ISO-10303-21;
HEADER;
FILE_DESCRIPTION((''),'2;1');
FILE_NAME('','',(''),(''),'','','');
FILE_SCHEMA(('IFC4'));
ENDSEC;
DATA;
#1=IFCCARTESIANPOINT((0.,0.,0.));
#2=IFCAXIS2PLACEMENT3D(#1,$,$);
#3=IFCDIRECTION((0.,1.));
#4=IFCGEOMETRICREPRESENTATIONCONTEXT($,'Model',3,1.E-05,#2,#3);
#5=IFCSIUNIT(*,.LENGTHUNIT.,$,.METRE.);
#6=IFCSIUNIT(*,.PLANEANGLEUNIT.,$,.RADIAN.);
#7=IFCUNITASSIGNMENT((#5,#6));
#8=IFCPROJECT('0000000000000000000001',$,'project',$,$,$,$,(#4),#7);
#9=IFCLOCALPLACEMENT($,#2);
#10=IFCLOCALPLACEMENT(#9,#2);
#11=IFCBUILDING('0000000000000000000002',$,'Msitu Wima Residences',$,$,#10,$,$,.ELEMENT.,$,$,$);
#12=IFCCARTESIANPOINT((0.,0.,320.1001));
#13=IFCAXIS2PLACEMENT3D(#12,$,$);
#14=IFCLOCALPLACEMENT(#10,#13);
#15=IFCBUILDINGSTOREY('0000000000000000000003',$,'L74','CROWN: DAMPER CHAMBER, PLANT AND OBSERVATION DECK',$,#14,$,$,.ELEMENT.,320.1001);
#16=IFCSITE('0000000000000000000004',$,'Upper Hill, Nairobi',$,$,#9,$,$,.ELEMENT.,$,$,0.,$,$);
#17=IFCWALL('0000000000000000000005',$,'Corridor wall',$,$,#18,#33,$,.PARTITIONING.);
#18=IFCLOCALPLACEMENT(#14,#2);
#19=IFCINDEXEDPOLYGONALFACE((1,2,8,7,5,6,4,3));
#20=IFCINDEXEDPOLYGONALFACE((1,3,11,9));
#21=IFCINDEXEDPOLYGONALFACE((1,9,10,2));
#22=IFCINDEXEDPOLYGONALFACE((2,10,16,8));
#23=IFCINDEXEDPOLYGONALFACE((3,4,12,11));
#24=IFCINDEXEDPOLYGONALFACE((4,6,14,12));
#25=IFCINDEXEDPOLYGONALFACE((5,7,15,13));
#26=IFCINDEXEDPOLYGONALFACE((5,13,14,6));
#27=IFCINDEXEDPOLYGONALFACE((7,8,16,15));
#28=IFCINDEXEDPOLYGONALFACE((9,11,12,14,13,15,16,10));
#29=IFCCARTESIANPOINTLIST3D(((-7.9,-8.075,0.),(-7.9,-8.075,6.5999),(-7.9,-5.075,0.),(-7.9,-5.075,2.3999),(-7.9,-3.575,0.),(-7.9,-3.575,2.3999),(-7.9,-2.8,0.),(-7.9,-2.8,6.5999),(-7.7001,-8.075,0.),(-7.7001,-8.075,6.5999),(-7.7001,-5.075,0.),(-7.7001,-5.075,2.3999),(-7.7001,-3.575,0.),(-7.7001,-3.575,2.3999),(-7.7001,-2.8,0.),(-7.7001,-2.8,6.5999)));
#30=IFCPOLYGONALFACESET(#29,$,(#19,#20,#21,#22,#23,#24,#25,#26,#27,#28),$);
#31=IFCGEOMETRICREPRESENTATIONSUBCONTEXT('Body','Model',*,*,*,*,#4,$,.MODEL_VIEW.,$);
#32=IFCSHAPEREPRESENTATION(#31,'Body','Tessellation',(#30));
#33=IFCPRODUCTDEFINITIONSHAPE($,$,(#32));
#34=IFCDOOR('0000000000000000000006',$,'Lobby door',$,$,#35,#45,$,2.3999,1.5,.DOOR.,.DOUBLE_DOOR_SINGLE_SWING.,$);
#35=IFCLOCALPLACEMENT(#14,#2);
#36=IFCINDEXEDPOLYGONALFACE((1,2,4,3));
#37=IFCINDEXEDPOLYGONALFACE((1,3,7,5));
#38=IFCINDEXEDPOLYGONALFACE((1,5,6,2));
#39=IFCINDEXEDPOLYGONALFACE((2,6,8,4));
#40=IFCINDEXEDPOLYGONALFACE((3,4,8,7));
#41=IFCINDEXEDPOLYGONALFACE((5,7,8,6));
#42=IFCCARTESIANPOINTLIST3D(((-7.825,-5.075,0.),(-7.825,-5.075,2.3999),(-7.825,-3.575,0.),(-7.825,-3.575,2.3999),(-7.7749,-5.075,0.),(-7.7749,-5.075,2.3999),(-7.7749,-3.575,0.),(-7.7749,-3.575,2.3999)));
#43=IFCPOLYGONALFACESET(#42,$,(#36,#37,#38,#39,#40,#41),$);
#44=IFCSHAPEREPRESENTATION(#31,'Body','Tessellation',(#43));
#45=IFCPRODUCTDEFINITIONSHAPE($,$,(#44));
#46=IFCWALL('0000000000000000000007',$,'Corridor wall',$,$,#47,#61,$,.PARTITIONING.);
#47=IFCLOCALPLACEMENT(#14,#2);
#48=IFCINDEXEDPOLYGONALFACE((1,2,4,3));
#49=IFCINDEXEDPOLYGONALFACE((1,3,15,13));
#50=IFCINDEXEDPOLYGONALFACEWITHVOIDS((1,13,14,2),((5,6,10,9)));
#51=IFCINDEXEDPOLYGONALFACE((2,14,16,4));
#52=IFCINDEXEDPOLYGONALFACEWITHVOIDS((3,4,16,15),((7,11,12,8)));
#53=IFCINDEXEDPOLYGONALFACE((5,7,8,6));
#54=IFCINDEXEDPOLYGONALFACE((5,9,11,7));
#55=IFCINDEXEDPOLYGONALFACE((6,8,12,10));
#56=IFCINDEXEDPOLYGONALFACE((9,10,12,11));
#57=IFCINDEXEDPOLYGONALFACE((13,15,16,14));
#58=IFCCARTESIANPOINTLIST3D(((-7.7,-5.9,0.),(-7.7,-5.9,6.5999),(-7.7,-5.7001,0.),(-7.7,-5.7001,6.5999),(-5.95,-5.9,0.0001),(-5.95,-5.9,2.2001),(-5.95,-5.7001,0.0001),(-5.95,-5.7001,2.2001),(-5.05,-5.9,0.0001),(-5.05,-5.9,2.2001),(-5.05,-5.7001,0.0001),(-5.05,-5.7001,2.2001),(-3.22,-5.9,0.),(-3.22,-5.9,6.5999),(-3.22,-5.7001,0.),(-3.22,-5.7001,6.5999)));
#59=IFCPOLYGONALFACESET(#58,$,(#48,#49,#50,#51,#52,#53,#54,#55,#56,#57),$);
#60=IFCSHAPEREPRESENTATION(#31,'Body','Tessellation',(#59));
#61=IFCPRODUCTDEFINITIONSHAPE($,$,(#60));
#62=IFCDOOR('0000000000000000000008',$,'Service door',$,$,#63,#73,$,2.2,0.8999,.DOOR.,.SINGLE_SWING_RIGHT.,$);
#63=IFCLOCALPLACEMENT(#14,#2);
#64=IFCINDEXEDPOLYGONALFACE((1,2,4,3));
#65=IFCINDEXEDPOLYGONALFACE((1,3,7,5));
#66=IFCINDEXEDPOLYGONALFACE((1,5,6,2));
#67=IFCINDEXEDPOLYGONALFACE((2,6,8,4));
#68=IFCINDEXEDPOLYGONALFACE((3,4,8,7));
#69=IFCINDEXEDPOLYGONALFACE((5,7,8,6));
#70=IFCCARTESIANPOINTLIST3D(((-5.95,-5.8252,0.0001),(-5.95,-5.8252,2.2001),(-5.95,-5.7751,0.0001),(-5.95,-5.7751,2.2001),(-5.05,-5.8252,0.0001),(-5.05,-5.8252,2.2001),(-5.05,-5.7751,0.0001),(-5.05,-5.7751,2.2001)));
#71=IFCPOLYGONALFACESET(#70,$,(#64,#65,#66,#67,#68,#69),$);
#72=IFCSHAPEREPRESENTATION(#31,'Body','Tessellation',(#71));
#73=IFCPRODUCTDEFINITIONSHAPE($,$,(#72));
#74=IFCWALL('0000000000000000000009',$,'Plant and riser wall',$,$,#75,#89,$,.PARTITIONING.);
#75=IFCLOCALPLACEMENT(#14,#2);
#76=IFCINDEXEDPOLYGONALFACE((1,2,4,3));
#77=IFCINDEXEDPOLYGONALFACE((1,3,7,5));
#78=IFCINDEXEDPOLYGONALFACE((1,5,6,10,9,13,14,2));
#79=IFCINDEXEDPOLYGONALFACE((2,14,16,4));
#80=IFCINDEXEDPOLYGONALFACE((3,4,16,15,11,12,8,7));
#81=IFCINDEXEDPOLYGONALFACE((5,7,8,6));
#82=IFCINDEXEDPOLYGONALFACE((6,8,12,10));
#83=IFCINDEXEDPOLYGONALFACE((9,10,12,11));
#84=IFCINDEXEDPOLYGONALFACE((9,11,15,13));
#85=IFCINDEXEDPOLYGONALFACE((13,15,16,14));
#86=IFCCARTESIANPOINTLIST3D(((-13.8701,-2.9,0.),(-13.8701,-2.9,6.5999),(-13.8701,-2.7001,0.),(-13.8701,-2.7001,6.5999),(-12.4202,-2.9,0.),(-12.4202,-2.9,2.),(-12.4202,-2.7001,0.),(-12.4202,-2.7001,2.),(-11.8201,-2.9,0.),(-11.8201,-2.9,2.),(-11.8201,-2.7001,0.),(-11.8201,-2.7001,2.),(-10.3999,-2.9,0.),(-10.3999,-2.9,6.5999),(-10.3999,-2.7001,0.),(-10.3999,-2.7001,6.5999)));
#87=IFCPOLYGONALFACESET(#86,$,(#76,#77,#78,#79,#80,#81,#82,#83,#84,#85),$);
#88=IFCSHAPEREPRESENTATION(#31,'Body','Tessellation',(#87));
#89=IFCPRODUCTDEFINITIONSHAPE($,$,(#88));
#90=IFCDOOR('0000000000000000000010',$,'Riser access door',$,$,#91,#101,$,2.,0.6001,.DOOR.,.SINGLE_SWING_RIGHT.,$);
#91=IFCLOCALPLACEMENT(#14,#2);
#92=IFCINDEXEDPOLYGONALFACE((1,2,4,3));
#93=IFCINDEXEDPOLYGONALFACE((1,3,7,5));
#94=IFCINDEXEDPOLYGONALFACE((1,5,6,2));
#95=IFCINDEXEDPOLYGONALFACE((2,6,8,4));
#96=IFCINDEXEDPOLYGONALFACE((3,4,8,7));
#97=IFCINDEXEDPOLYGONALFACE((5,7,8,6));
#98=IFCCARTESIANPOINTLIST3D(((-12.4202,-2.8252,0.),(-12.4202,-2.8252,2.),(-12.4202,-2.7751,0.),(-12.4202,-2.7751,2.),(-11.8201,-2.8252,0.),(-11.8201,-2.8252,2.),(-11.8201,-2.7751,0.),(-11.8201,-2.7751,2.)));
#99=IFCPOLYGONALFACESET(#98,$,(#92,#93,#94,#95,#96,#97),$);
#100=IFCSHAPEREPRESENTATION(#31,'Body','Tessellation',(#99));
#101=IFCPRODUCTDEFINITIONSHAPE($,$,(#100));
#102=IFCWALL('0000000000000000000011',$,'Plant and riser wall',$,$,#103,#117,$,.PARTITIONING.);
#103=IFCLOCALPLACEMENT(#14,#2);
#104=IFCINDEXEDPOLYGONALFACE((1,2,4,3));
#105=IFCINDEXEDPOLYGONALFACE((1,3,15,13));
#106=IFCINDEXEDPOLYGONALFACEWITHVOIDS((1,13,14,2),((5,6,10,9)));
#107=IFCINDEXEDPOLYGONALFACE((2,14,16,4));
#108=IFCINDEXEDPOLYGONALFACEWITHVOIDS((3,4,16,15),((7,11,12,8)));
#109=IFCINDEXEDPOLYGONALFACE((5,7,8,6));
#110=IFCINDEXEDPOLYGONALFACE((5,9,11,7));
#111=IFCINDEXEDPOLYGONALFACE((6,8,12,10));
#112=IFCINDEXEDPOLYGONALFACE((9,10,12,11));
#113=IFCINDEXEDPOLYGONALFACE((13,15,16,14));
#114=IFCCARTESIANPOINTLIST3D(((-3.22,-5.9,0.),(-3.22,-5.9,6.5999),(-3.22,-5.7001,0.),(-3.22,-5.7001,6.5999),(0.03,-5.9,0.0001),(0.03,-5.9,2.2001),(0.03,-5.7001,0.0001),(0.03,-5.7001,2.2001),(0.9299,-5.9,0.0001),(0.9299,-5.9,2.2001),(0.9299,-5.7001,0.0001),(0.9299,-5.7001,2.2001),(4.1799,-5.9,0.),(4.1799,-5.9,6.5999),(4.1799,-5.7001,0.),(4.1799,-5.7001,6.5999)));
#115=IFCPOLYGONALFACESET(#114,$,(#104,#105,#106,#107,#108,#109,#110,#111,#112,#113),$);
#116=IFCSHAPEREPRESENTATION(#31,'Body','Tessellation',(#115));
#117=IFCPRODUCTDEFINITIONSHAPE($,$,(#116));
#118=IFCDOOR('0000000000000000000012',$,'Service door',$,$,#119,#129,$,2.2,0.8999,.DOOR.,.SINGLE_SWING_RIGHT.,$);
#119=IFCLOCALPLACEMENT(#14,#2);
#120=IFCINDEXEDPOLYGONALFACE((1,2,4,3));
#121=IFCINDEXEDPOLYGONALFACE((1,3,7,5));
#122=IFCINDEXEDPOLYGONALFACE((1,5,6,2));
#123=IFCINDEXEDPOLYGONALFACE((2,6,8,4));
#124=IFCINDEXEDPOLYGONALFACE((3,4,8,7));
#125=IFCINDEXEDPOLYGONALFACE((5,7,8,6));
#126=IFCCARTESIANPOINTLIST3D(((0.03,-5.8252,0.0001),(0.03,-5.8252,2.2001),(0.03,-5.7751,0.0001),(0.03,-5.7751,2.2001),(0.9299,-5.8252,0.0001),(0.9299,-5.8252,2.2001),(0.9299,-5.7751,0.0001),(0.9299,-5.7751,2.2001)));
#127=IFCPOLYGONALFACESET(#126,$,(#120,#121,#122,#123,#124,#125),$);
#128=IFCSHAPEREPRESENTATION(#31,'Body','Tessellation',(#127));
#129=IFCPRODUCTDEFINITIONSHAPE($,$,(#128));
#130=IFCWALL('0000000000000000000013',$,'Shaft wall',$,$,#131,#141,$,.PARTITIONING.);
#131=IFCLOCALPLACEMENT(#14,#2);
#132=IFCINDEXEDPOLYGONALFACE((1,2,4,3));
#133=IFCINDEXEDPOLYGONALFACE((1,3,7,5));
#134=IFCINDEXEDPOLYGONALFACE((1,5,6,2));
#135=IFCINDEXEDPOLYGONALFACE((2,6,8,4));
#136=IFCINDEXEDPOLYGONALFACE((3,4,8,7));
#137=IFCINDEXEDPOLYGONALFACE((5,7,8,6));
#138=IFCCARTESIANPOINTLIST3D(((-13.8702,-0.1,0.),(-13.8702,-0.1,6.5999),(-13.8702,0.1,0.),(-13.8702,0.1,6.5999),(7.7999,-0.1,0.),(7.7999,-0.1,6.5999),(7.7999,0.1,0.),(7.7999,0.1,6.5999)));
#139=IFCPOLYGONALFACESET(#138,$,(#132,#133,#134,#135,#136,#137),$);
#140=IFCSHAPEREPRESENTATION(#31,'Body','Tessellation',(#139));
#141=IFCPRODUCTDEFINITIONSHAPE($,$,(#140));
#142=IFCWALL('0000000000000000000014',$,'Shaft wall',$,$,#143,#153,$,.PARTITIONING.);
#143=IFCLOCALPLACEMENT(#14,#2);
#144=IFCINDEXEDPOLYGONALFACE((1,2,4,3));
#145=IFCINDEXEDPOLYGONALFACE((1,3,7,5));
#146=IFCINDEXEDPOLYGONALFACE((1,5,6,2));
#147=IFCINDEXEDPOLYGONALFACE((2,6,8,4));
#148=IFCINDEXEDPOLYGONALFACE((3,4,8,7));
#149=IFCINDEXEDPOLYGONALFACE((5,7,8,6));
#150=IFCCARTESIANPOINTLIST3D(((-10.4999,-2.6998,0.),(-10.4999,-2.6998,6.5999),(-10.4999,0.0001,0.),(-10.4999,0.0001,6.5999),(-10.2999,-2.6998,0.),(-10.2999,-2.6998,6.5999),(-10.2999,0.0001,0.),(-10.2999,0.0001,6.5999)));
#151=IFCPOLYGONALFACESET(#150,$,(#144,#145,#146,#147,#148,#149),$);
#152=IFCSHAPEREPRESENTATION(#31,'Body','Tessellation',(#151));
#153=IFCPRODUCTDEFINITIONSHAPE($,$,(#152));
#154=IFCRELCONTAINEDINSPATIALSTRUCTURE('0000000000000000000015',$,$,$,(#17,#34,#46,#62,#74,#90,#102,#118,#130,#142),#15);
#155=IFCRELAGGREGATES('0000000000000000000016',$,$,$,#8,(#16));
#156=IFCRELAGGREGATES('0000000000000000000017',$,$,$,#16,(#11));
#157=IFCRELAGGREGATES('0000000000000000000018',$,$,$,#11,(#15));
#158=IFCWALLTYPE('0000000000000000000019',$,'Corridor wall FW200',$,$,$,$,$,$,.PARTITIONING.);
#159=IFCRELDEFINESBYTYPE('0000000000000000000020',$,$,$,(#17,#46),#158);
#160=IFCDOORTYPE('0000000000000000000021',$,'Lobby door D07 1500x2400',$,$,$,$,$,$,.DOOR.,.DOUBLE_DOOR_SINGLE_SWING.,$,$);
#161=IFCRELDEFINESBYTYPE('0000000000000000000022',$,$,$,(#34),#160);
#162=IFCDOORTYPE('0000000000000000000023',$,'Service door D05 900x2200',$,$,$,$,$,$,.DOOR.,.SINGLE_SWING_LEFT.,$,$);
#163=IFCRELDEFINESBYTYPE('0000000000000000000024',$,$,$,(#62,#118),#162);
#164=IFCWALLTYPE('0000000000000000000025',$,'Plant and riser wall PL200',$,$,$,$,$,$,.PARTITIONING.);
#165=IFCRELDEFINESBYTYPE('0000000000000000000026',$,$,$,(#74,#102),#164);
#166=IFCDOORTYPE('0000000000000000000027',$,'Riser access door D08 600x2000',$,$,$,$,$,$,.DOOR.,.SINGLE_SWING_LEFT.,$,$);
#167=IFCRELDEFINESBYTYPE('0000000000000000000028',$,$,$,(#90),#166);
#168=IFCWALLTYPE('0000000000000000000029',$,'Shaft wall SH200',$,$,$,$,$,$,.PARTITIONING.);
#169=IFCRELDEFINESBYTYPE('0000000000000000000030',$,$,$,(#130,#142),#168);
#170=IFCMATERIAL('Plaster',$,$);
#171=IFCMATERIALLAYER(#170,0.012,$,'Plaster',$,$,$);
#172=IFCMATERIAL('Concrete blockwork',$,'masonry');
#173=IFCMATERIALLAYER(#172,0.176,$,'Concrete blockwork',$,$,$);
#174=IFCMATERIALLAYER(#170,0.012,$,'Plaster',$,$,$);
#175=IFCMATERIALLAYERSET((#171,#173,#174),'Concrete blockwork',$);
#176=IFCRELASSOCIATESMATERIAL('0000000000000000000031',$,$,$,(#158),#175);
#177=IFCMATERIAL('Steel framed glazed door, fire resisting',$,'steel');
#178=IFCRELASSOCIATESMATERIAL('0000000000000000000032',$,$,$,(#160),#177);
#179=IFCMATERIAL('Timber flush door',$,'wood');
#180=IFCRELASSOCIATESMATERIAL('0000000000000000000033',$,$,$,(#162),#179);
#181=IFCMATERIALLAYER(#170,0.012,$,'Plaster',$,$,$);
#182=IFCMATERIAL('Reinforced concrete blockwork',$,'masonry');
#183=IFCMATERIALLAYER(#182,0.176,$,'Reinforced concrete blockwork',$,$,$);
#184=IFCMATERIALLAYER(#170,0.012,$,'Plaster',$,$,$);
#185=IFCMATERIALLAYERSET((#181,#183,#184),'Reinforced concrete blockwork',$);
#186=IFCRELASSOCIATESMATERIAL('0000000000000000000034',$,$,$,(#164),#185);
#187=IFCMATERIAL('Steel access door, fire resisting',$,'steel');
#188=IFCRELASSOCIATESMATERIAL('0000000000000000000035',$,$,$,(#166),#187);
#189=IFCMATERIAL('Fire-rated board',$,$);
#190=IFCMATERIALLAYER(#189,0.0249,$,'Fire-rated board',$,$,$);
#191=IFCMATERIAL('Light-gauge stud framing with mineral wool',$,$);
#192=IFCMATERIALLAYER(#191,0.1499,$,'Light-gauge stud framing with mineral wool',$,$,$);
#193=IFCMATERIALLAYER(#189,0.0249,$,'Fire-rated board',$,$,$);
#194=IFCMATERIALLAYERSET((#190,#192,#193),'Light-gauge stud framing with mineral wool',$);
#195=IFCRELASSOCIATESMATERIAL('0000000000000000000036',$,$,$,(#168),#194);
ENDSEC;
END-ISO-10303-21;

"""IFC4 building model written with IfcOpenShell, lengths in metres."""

from ifc_helpers import new_model, si_unit, direction, frame, frame_2d, origin, place, context, subcontext, project, spatial, rectangle, extrude, material, layer, layer_set, type_object, element, fill, save


model = new_model("IFC4")

# Units and contexts
model_context = context("Model", 3, precision=1e-05, world=origin(), true_north=direction((0.0, 1.0)))
body_context = subcontext(model_context, "Body", "Model", "MODEL_VIEW")
ifc_project = project(units=[si_unit("LENGTHUNIT", "METRE"), si_unit("PLANEANGLEUNIT", "RADIAN")], contexts=[model_context])

# Site, building, storey
site_placement = place(None, origin())
site = spatial("IfcSite", under=ifc_project, at=site_placement, Name="Upper Hill, Nairobi", CompositionType="ELEMENT", RefElevation=0.0)
building_placement = place(site_placement, origin())
building = spatial("IfcBuilding", under=site, at=building_placement, Name="Msitu Wima Residences", CompositionType="ELEMENT")
storey_placement = place(building_placement, frame((0.0, 0.0, 320.1001)))
storey = spatial("IfcBuildingStorey", under=building, at=storey_placement, Name="L74", Description="CROWN: DAMPER CHAMBER, PLANT AND OBSERVATION DECK", CompositionType="ELEMENT", Elevation=320.1001)

# Walls, openings, doors
ifc_material_1 = material(Name="Plaster")
ifc_layer_1 = layer(ifc_material_1, 0.012, Name="Plaster")
ifc_material_2 = material(Name="Concrete blockwork", Category="masonry")
ifc_layer_2 = layer(ifc_material_2, 0.176, Name="Concrete blockwork")
ifc_layer_3 = layer(ifc_material_1, 0.012, Name="Plaster")
ifc_layer_set_1 = layer_set([ifc_layer_1, ifc_layer_2, ifc_layer_3], Name="Concrete blockwork")
wall_type_1 = type_object("IfcWallType", Name="Corridor wall FW200", PredefinedType="PARTITIONING", material=ifc_layer_set_1)
wall_1_placement = place(storey_placement, frame((-7.8, -8.075, 0.0), z_axis=(0.0, 0.0, 1.0), x_axis=(0.0, 1.0, 0.0)))
wall_1 = element("IfcWall", 1, at=wall_1_placement, inside=storey, type_object=wall_type_1, Name="Corridor wall", PredefinedType="PARTITIONING", context=body_context, shape_type="SweptSolid", body=[
    extrude(rectangle(XDim=5.2749, YDim=0.2, at=frame_2d((2.6375, 0.0))), origin(), (0.0, 0.0, 1.0), 6.5999),
])
opening_1_placement = place(wall_1_placement, frame((3.0, 0.0, 0.0)))
opening_1 = element("IfcOpeningElement", 2, at=opening_1_placement, cuts=wall_1, PredefinedType="OPENING", context=body_context, shape_type="SweptSolid", body=[
    extrude(rectangle(XDim=1.5, YDim=2.3999, at=frame_2d((0.75, 1.2))), frame((0.0, 0.1099, 0.0), z_axis=(0.0, -1.0, 0.0), x_axis=(1.0, 0.0, 0.0)), (0.0, 0.0, 1.0), 0.22),
])
ifc_material_3 = material(Name="Steel framed glazed door, fire resisting", Category="steel")
door_type_1 = type_object("IfcDoorType", Name="Lobby door D07 1500x2400", OperationType="DOUBLE_DOOR_SINGLE_SWING", PredefinedType="DOOR", material=ifc_material_3)
door_1_placement = place(opening_1_placement, origin())
door_1 = element("IfcDoor", 3, at=door_1_placement, inside=storey, type_object=door_type_1, Name="Lobby door", OperationType="DOUBLE_DOOR_SINGLE_SWING", OverallHeight=2.3999, OverallWidth=1.5, PredefinedType="DOOR", context=body_context, shape_type="SweptSolid", body=[
    extrude(rectangle(XDim=1.5, YDim=2.3999, at=frame_2d((0.75, 1.2))), frame((0.0, 0.0249, 0.0), z_axis=(0.0, -1.0, 0.0), x_axis=(1.0, 0.0, 0.0)), (0.0, 0.0, 1.0), 0.05),
])
fill(opening_1, door_1)
wall_2_placement = place(storey_placement, frame((-7.7, -5.8, 0.0), z_axis=(0.0, 0.0, 1.0), x_axis=(1.0, 0.0, 0.0)))
wall_2 = element("IfcWall", 4, at=wall_2_placement, inside=storey, type_object=wall_type_1, Name="Corridor wall", PredefinedType="PARTITIONING", context=body_context, shape_type="SweptSolid", body=[
    extrude(rectangle(XDim=4.48, YDim=0.2, at=frame_2d((2.24, 0.0))), origin(), (0.0, 0.0, 1.0), 6.5999),
])
opening_2_placement = place(wall_2_placement, frame((1.75, 0.0, 0.0)))
opening_2 = element("IfcOpeningElement", 5, at=opening_2_placement, cuts=wall_2, PredefinedType="OPENING", context=body_context, shape_type="SweptSolid", body=[
    extrude(rectangle(XDim=0.8999, YDim=2.2, at=frame_2d((0.45, 1.1001))), frame((0.0, 0.1099, 0.0), z_axis=(0.0, -1.0, 0.0), x_axis=(1.0, 0.0, 0.0)), (0.0, 0.0, 1.0), 0.22),
])
ifc_material_4 = material(Name="Timber flush door", Category="wood")
door_type_2 = type_object("IfcDoorType", Name="Service door D05 900x2200", OperationType="SINGLE_SWING_LEFT", PredefinedType="DOOR", material=ifc_material_4)
door_2_placement = place(opening_2_placement, origin())
door_2 = element("IfcDoor", 6, at=door_2_placement, inside=storey, type_object=door_type_2, Name="Service door", OperationType="SINGLE_SWING_RIGHT", OverallHeight=2.2, OverallWidth=0.8999, PredefinedType="DOOR", context=body_context, shape_type="SweptSolid", body=[
    extrude(rectangle(XDim=0.8999, YDim=2.2, at=frame_2d((0.45, 1.1001))), frame((0.0, 0.0249, 0.0), z_axis=(0.0, -1.0, 0.0), x_axis=(1.0, 0.0, 0.0)), (0.0, 0.0, 1.0), 0.05),
])
fill(opening_2, door_2)
ifc_layer_4 = layer(ifc_material_1, 0.012, Name="Plaster")
ifc_material_5 = material(Name="Reinforced concrete blockwork", Category="masonry")
ifc_layer_5 = layer(ifc_material_5, 0.176, Name="Reinforced concrete blockwork")
ifc_layer_6 = layer(ifc_material_1, 0.012, Name="Plaster")
ifc_layer_set_2 = layer_set([ifc_layer_4, ifc_layer_5, ifc_layer_6], Name="Reinforced concrete blockwork")
wall_type_2 = type_object("IfcWallType", Name="Plant and riser wall PL200", PredefinedType="PARTITIONING", material=ifc_layer_set_2)
wall_3_placement = place(storey_placement, frame((-13.8701, -2.8, 0.0), z_axis=(0.0, 0.0, 1.0), x_axis=(1.0, 0.0, 0.0)))
wall_3 = element("IfcWall", 7, at=wall_3_placement, inside=storey, type_object=wall_type_2, Name="Plant and riser wall", PredefinedType="PARTITIONING", context=body_context, shape_type="SweptSolid", body=[
    extrude(rectangle(XDim=3.4702, YDim=0.2, at=frame_2d((1.7351, 0.0))), origin(), (0.0, 0.0, 1.0), 6.5999),
])
opening_3_placement = place(wall_3_placement, frame((1.45, 0.0, 0.0)))
opening_3 = element("IfcOpeningElement", 8, at=opening_3_placement, cuts=wall_3, PredefinedType="OPENING", context=body_context, shape_type="SweptSolid", body=[
    extrude(rectangle(XDim=0.6001, YDim=2.0, at=frame_2d((0.3, 1.0))), frame((0.0, 0.1099, 0.0), z_axis=(0.0, -1.0, 0.0), x_axis=(1.0, 0.0, 0.0)), (0.0, 0.0, 1.0), 0.22),
])
ifc_material_6 = material(Name="Steel access door, fire resisting", Category="steel")
door_type_3 = type_object("IfcDoorType", Name="Riser access door D08 600x2000", OperationType="SINGLE_SWING_LEFT", PredefinedType="DOOR", material=ifc_material_6)
door_3_placement = place(opening_3_placement, origin())
door_3 = element("IfcDoor", 9, at=door_3_placement, inside=storey, type_object=door_type_3, Name="Riser access door", OperationType="SINGLE_SWING_RIGHT", OverallHeight=2.0, OverallWidth=0.6001, PredefinedType="DOOR", context=body_context, shape_type="SweptSolid", body=[
    extrude(rectangle(XDim=0.6001, YDim=2.0, at=frame_2d((0.3, 1.0))), frame((0.0, 0.0249, 0.0), z_axis=(0.0, -1.0, 0.0), x_axis=(1.0, 0.0, 0.0)), (0.0, 0.0, 1.0), 0.05),
])
fill(opening_3, door_3)
wall_4_placement = place(storey_placement, frame((-3.22, -5.8, 0.0), z_axis=(0.0, 0.0, 1.0), x_axis=(1.0, 0.0, 0.0)))
wall_4 = element("IfcWall", 10, at=wall_4_placement, inside=storey, type_object=wall_type_2, Name="Plant and riser wall", PredefinedType="PARTITIONING", context=body_context, shape_type="SweptSolid", body=[
    extrude(rectangle(XDim=7.3999, YDim=0.2, at=frame_2d((3.7, 0.0))), origin(), (0.0, 0.0, 1.0), 6.5999),
])
opening_4_placement = place(wall_4_placement, frame((3.25, 0.0, 0.0)))
opening_4 = element("IfcOpeningElement", 11, at=opening_4_placement, cuts=wall_4, PredefinedType="OPENING", context=body_context, shape_type="SweptSolid", body=[
    extrude(rectangle(XDim=0.8999, YDim=2.2, at=frame_2d((0.45, 1.1001))), frame((0.0, 0.1099, 0.0), z_axis=(0.0, -1.0, 0.0), x_axis=(1.0, 0.0, 0.0)), (0.0, 0.0, 1.0), 0.22),
])
door_4_placement = place(opening_4_placement, origin())
door_4 = element("IfcDoor", 12, at=door_4_placement, inside=storey, type_object=door_type_2, Name="Service door", OperationType="SINGLE_SWING_RIGHT", OverallHeight=2.2, OverallWidth=0.8999, PredefinedType="DOOR", context=body_context, shape_type="SweptSolid", body=[
    extrude(rectangle(XDim=0.8999, YDim=2.2, at=frame_2d((0.45, 1.1001))), frame((0.0, 0.0249, 0.0), z_axis=(0.0, -1.0, 0.0), x_axis=(1.0, 0.0, 0.0)), (0.0, 0.0, 1.0), 0.05),
])
fill(opening_4, door_4)

# Walls
ifc_material_7 = material(Name="Fire-rated board")
ifc_layer_7 = layer(ifc_material_7, 0.0249, Name="Fire-rated board")
ifc_material_8 = material(Name="Light-gauge stud framing with mineral wool")
ifc_layer_8 = layer(ifc_material_8, 0.1499, Name="Light-gauge stud framing with mineral wool")
ifc_layer_9 = layer(ifc_material_7, 0.0249, Name="Fire-rated board")
ifc_layer_set_3 = layer_set([ifc_layer_7, ifc_layer_8, ifc_layer_9], Name="Light-gauge stud framing with mineral wool")
wall_type_3 = type_object("IfcWallType", Name="Shaft wall SH200", PredefinedType="PARTITIONING", material=ifc_layer_set_3)
wall_5_placement = place(storey_placement, frame((-13.8701, 0.0, 0.0), z_axis=(0.0, 0.0, 1.0), x_axis=(1.0, 0.0, 0.0)))
element("IfcWall", 13, at=wall_5_placement, inside=storey, type_object=wall_type_3, Name="Shaft wall", PredefinedType="PARTITIONING", context=body_context, shape_type="SweptSolid", body=[
    extrude(rectangle(XDim=21.6702, YDim=0.2, at=frame_2d((10.835, 0.0))), origin(), (0.0, 0.0, 1.0), 6.5999),
])
wall_6_placement = place(storey_placement, frame((-10.3999, -2.7, 0.0), z_axis=(0.0, 0.0, 1.0), x_axis=(0.0, 1.0, 0.0)))
element("IfcWall", 14, at=wall_6_placement, inside=storey, type_object=wall_type_3, Name="Shaft wall", PredefinedType="PARTITIONING", context=body_context, shape_type="SweptSolid", body=[
    extrude(rectangle(XDim=2.7, YDim=0.2, at=frame_2d((1.3501, 0.0))), origin(), (0.0, 0.0, 1.0), 6.5999),
])

save(model, "model.ifc")
